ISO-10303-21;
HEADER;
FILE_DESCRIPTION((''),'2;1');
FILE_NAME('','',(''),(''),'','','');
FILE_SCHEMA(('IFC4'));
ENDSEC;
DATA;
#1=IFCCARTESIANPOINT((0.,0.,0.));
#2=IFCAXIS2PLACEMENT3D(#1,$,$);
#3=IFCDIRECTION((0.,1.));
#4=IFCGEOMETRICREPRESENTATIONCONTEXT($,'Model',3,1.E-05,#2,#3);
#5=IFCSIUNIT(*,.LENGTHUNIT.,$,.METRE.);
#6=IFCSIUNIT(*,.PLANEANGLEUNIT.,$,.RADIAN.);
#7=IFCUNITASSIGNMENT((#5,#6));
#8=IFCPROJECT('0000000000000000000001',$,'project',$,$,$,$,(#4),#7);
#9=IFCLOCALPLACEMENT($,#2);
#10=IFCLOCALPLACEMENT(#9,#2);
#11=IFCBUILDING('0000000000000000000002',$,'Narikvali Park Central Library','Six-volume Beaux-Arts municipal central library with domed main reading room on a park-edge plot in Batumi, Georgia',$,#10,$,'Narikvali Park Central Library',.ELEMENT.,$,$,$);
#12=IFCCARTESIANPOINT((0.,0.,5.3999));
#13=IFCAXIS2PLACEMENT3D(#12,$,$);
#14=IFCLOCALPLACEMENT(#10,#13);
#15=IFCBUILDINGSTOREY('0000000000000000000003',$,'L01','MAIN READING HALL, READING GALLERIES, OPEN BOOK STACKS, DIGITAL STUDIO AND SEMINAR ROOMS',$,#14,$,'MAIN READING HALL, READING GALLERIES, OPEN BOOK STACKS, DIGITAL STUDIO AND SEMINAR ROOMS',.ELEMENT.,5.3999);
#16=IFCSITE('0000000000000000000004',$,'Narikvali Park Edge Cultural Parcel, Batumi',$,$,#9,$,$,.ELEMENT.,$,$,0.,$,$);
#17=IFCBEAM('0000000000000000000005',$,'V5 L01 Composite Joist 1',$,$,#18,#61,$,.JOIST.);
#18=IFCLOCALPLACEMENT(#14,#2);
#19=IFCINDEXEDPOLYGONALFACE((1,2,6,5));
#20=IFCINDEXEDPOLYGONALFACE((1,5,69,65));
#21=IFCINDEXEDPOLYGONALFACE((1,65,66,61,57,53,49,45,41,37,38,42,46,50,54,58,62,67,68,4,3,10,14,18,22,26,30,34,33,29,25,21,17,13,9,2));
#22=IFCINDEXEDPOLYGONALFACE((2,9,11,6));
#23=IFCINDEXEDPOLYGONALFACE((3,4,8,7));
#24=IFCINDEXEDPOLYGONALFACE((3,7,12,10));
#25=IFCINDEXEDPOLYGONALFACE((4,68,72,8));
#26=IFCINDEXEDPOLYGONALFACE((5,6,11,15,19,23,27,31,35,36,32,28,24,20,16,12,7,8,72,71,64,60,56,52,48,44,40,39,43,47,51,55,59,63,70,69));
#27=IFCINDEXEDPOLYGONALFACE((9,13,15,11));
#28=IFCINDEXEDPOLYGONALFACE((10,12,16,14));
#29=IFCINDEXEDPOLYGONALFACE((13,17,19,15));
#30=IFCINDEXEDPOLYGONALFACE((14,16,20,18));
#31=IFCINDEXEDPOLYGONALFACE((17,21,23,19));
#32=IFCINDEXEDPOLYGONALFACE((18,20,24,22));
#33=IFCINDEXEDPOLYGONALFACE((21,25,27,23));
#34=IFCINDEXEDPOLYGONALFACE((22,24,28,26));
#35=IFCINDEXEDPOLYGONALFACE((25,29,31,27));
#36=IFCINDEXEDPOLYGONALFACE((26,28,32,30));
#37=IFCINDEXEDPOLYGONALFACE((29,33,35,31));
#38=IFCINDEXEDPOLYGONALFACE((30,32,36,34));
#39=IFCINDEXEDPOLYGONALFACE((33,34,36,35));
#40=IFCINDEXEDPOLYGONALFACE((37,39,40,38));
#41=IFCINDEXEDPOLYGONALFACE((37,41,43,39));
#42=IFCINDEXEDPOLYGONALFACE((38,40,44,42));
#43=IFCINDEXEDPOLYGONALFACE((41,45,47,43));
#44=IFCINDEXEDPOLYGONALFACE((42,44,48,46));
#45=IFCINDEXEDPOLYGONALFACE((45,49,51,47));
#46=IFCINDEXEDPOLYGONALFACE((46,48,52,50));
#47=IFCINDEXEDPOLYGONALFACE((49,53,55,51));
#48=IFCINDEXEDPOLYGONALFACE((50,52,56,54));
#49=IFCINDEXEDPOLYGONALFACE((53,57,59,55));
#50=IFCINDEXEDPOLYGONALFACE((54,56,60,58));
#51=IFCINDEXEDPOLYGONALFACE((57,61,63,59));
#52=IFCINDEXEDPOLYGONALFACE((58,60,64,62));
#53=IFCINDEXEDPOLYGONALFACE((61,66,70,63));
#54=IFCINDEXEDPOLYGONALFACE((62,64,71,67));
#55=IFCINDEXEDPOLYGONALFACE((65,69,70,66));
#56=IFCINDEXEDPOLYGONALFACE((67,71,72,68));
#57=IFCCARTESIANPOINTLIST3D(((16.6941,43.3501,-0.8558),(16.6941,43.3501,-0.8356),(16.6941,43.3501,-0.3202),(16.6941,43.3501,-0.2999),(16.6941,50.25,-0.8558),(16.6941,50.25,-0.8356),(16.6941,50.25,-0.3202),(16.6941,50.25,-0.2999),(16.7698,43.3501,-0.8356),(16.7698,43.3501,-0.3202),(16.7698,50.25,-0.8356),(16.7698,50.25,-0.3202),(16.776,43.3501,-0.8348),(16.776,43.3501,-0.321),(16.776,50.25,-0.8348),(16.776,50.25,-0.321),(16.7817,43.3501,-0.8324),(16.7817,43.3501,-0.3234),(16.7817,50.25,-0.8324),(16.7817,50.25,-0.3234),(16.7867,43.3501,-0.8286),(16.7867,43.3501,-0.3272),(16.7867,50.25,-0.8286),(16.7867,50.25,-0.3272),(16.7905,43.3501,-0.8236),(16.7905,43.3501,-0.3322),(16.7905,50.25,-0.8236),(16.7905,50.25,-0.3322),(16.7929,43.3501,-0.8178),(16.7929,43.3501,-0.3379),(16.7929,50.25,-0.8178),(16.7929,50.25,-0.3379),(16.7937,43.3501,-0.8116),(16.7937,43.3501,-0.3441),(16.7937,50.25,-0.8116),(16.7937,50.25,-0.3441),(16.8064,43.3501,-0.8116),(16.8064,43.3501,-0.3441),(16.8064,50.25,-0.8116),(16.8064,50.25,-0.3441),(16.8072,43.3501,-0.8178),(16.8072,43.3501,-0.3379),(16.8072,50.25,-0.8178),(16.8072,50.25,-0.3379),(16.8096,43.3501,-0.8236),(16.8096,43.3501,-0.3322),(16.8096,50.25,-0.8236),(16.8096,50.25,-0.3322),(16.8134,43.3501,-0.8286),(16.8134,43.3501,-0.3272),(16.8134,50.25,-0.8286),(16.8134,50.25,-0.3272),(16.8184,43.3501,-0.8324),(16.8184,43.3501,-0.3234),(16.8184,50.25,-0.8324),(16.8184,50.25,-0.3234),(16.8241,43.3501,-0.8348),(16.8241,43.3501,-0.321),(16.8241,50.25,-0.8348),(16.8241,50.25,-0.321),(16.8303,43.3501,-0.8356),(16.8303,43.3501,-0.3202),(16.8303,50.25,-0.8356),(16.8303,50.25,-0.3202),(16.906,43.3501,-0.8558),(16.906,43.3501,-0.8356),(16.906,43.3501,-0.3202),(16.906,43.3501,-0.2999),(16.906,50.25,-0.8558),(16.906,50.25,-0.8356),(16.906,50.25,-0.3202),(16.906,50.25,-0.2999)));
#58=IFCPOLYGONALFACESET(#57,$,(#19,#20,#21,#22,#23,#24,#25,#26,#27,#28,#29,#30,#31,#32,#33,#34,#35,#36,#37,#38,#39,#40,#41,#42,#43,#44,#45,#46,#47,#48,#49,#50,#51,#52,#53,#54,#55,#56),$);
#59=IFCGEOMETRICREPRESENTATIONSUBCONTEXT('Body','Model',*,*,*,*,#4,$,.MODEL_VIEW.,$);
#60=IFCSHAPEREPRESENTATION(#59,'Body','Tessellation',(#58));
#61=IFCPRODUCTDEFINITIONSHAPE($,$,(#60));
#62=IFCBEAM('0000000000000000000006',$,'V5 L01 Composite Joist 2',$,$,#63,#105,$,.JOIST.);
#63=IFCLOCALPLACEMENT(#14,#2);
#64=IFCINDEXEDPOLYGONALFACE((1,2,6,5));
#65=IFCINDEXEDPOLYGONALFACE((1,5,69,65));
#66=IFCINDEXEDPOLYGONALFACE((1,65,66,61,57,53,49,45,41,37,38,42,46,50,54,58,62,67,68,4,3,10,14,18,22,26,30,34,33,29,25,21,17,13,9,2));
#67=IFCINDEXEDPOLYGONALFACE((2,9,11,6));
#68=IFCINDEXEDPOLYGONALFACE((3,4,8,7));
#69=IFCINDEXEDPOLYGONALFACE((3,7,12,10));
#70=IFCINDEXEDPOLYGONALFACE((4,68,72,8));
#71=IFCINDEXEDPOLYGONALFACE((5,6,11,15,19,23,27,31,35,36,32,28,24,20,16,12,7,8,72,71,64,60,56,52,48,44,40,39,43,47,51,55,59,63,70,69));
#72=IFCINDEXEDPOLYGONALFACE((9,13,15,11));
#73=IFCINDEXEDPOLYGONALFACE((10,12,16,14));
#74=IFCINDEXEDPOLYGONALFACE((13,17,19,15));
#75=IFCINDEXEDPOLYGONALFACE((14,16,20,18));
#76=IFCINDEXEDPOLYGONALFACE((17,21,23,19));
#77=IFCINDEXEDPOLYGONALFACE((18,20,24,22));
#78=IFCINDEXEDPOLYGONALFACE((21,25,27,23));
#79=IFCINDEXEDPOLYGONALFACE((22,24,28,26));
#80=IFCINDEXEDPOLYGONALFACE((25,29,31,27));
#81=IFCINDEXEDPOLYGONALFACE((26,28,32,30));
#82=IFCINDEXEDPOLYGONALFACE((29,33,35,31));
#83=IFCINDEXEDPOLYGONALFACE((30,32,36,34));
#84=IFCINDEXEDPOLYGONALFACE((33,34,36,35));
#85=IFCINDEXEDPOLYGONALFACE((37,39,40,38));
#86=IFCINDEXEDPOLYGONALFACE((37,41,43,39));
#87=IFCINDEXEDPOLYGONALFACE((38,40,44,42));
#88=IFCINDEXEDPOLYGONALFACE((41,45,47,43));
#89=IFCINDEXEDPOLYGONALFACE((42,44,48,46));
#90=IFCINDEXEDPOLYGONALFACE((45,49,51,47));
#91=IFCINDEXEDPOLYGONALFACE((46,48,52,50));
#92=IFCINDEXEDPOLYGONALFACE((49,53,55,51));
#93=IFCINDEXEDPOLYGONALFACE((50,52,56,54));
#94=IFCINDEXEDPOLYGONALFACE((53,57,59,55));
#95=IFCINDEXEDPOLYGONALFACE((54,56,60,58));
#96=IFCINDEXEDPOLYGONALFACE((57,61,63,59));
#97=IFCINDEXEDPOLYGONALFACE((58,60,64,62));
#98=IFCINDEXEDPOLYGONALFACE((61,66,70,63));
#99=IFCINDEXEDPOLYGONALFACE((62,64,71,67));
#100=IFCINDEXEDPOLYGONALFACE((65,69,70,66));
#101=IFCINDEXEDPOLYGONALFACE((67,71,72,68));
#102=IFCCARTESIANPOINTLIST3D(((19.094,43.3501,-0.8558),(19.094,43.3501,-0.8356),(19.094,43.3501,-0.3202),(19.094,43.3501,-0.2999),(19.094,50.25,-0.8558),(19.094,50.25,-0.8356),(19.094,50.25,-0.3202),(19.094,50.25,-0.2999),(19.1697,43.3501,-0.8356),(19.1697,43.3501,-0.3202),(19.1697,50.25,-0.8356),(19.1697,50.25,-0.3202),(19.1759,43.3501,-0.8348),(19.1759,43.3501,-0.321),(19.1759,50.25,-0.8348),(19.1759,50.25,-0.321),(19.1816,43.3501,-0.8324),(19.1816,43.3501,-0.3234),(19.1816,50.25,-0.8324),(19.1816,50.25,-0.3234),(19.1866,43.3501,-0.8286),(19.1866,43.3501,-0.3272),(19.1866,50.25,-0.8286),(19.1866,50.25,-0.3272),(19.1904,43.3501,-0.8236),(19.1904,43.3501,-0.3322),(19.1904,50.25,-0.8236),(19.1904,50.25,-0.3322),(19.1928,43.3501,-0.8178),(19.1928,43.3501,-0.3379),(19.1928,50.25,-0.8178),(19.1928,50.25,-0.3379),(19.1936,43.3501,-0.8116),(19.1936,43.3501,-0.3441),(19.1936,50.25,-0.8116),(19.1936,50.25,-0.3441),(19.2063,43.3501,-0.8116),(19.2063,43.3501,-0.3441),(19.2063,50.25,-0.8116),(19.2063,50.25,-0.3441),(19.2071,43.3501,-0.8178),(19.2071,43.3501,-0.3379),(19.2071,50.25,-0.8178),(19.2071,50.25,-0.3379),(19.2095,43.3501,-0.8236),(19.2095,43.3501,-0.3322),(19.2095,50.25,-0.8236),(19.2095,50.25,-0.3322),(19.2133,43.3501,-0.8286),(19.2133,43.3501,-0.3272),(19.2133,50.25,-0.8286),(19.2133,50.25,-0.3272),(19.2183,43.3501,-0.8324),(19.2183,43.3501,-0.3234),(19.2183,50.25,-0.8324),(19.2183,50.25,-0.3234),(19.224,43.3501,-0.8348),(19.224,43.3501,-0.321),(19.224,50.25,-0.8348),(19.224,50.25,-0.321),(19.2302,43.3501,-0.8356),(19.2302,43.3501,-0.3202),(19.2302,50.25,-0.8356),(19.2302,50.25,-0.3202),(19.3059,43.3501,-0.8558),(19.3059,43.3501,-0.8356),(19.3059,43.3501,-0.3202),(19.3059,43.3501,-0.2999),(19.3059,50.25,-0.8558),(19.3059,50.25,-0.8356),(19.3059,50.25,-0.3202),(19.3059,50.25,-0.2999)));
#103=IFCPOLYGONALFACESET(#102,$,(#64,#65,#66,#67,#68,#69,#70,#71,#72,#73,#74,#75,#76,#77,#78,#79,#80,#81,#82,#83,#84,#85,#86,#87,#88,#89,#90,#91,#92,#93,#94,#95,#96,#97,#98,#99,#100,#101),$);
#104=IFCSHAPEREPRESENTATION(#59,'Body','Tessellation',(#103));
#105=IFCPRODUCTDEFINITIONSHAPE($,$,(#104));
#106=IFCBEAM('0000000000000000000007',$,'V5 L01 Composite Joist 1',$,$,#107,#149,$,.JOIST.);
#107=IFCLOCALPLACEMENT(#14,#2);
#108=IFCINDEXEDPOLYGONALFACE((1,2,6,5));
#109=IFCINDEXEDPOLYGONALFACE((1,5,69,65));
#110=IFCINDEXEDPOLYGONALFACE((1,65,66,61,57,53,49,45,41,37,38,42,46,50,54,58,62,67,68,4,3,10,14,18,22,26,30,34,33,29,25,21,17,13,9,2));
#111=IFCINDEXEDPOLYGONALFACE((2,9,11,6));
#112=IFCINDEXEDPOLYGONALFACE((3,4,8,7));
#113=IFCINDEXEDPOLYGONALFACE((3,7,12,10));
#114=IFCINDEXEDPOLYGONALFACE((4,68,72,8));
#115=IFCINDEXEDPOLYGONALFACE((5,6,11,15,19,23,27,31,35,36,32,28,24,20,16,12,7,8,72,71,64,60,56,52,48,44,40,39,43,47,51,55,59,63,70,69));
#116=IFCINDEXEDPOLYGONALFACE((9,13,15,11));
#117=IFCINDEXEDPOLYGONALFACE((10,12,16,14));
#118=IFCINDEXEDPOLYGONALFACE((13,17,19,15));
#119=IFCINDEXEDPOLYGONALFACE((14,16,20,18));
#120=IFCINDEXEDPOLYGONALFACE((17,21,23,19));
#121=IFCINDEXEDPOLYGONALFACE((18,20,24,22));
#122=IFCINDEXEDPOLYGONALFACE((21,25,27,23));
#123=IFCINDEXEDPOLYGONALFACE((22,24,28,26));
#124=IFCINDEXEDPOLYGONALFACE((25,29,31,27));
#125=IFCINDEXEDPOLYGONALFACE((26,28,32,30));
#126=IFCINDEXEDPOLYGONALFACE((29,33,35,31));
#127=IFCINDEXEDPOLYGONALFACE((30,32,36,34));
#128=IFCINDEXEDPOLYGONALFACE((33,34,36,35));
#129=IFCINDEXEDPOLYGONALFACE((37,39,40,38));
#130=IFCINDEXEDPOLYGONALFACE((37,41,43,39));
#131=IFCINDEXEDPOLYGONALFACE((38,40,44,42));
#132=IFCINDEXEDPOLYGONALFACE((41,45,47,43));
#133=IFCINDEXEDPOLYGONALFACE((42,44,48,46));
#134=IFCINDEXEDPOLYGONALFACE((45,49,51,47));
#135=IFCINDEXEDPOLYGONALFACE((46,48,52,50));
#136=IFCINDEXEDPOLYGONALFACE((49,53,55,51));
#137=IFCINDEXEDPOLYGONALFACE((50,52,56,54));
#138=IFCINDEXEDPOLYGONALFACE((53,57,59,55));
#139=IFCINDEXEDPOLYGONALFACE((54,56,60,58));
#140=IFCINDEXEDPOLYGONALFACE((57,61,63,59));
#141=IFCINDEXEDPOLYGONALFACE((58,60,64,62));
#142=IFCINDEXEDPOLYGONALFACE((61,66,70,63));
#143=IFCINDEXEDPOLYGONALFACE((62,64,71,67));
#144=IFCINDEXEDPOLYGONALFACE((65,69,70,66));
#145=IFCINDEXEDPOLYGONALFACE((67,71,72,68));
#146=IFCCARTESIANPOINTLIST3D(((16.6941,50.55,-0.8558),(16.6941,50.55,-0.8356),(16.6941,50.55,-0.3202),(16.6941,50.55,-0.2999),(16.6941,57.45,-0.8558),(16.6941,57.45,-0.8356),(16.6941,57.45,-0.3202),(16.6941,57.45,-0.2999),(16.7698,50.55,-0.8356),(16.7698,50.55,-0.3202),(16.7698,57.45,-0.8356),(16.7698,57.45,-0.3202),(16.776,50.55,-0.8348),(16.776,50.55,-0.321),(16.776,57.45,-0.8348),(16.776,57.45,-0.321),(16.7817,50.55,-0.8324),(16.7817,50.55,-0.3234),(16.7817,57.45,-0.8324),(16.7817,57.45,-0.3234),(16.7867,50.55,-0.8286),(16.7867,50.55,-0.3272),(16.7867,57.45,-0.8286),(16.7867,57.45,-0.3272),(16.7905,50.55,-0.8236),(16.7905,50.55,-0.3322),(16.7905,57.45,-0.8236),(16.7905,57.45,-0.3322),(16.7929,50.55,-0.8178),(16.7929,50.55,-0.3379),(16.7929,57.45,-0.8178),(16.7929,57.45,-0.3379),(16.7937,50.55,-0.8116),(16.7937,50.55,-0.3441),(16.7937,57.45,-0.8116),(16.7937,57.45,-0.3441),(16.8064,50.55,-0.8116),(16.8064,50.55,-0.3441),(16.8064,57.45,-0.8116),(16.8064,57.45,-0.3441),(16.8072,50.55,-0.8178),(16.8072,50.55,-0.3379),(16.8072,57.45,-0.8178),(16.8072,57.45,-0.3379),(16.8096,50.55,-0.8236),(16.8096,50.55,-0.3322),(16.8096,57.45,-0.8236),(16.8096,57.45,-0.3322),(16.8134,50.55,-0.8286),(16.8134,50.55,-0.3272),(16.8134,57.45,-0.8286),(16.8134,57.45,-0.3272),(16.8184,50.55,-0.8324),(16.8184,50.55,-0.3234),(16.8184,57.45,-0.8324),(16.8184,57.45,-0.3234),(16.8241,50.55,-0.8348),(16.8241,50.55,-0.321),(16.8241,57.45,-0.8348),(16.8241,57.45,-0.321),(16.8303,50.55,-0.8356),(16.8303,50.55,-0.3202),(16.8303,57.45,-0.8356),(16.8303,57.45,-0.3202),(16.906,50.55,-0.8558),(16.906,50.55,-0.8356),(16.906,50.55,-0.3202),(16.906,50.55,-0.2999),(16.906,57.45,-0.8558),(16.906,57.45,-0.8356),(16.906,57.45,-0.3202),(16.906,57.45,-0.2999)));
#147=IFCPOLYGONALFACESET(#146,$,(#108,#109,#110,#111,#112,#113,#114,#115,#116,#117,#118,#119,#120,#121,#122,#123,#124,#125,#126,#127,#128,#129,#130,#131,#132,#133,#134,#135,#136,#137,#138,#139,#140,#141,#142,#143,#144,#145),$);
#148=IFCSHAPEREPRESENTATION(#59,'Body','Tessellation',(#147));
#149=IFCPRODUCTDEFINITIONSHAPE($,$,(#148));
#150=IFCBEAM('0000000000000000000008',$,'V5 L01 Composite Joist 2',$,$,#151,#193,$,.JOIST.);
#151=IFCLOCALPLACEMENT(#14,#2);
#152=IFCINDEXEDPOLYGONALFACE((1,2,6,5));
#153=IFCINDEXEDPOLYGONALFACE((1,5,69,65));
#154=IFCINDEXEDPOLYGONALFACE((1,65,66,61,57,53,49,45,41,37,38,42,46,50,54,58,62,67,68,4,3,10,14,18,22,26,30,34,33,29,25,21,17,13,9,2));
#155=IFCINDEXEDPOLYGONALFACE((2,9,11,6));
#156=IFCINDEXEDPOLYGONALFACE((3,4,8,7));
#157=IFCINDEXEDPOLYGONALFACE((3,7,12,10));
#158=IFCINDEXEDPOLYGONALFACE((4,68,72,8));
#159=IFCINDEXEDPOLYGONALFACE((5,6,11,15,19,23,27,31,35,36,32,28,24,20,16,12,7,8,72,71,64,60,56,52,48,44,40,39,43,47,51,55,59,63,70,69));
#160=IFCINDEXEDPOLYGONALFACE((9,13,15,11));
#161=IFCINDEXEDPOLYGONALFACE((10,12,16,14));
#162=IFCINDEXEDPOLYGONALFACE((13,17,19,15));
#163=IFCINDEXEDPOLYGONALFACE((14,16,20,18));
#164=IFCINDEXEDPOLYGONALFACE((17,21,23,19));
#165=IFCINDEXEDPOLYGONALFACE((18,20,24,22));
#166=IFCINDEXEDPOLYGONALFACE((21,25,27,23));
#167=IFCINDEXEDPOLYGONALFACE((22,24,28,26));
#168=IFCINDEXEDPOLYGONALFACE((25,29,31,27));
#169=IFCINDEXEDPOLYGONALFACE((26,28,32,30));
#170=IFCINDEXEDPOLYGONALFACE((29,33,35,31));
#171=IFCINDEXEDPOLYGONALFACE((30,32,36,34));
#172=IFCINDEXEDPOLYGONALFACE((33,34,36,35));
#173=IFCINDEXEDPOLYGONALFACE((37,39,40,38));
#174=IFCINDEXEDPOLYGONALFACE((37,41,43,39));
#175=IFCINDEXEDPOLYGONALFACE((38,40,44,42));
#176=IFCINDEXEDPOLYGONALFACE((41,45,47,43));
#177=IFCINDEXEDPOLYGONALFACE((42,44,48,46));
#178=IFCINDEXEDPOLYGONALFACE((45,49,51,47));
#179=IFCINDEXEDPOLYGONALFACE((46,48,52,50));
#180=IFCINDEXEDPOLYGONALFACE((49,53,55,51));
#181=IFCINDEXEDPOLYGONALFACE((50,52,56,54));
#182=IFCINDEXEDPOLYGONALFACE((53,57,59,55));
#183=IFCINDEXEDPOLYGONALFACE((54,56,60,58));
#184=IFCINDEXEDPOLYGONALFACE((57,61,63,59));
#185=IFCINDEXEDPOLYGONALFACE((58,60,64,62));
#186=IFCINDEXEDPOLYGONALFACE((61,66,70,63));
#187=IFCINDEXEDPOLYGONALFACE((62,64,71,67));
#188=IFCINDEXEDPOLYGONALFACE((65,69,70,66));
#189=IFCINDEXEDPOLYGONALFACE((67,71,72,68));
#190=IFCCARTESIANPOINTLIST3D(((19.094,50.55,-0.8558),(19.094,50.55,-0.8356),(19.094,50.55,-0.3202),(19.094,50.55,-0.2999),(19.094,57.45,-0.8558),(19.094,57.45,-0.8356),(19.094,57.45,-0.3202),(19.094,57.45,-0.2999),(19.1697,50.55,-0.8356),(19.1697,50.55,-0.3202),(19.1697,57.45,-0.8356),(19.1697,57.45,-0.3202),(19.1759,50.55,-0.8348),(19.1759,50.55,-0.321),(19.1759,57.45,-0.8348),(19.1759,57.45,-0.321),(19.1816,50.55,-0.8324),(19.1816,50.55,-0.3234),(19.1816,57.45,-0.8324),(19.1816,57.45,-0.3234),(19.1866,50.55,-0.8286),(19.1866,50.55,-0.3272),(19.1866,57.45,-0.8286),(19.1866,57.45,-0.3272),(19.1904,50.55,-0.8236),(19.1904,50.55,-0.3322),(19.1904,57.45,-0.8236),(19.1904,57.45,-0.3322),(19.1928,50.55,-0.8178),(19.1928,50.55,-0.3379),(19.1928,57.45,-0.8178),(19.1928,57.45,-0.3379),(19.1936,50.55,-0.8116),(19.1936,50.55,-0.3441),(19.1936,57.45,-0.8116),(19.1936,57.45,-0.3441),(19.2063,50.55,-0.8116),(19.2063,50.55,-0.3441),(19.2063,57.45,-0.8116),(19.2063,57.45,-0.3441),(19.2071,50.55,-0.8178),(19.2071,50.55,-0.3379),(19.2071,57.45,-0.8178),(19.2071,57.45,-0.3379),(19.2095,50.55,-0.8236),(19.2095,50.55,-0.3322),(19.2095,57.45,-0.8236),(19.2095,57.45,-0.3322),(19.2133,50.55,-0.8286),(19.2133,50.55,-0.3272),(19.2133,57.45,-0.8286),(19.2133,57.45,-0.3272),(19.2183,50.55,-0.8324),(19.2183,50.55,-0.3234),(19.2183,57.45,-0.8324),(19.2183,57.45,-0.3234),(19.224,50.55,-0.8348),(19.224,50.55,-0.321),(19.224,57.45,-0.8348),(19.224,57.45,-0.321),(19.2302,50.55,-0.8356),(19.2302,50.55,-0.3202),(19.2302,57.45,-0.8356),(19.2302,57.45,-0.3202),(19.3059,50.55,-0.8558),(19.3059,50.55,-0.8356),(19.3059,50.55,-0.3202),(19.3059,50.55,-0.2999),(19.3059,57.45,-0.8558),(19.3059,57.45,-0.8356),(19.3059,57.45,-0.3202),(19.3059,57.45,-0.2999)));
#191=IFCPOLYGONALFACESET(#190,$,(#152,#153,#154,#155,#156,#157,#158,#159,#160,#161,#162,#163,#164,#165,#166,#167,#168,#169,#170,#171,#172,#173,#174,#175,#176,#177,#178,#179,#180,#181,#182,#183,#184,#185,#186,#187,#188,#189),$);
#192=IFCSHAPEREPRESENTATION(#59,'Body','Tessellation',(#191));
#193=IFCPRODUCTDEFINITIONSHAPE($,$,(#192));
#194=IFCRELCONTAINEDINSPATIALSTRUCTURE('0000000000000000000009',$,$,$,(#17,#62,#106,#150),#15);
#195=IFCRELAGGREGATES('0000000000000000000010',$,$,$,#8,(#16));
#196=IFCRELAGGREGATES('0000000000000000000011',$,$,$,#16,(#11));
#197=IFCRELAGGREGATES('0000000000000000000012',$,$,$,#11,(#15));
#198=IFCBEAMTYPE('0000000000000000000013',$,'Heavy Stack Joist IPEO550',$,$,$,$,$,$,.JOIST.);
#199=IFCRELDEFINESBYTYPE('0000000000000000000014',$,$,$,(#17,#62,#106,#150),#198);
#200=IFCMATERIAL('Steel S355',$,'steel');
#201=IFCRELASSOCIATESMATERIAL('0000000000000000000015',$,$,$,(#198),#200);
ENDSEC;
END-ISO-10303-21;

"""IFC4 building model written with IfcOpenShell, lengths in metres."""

from ifc_helpers import new_model, si_unit, direction, frame, origin, origin_2d, place, context, subcontext, project, spatial, i_section, extrude, material, material_profile, profile_set, type_object, element, save


model = new_model("IFC4")

# Units and contexts
model_context = context("Model", 3, precision=1e-05, world=origin(), true_north=direction((0.0, 1.0)))
body_context = subcontext(model_context, "Body", "Model", "MODEL_VIEW")
ifc_project = project(units=[si_unit("LENGTHUNIT", "METRE"), si_unit("PLANEANGLEUNIT", "RADIAN")], contexts=[model_context])

# Site, building, storey
site_placement = place(None, origin())
site = spatial("IfcSite", under=ifc_project, at=site_placement, Name="Narikvali Park Edge Cultural Parcel, Batumi", CompositionType="ELEMENT", RefElevation=0.0)
building_placement = place(site_placement, origin())
building = spatial("IfcBuilding", under=site, at=building_placement, Name="Narikvali Park Central Library", Description="Six-volume Beaux-Arts municipal central library with domed main reading room on a park-edge plot in Batumi, Georgia", LongName="Narikvali Park Central Library", CompositionType="ELEMENT")
storey_placement = place(building_placement, frame((0.0, 0.0, 5.3999)))
storey = spatial("IfcBuildingStorey", under=building, at=storey_placement, Name="L01", Description="MAIN READING HALL, READING GALLERIES, OPEN BOOK STACKS, DIGITAL STUDIO AND SEMINAR ROOMS", LongName="MAIN READING HALL, READING GALLERIES, OPEN BOOK STACKS, DIGITAL STUDIO AND SEMINAR ROOMS", CompositionType="ELEMENT", Elevation=5.3999)

# Shared definitions
ifc_material_1 = material(Name="Steel S355", Category="steel")

# Beams
ifc_material_profile_1 = material_profile(ifc_material_1, i_section(OverallWidth=0.2119, OverallDepth=0.5559, WebThickness=0.0127, FlangeThickness=0.0203, FilletRadius=0.0239, at=origin_2d()), Name="IPEO 550")
ifc_profile_set_1 = profile_set([ifc_material_profile_1], Name="Steel S355")
beam_type_1 = type_object("IfcBeamType", Name="Heavy Stack Joist IPEO550", PredefinedType="JOIST", material=ifc_profile_set_1)
for number, where, z_axis, x_axis, name in (
    (1, (16.8, 43.3501, -0.5779), (0.0, 1.0, 0.0), (-1.0, 0.0, 0.0), "V5 L01 Composite Joist 1"),
    (2, (19.2, 43.3501, -0.5779), (0.0, 1.0, 0.0), (-1.0, 0.0, 0.0), "V5 L01 Composite Joist 2"),
    (3, (16.8, 50.55, -0.5779), (0.0, 1.0, 0.0), (-1.0, 0.0, 0.0), "V5 L01 Composite Joist 1"),
    (4, (19.2, 50.55, -0.5779), (0.0, 1.0, 0.0), (-1.0, 0.0, 0.0), "V5 L01 Composite Joist 2"),
):
    element("IfcBeam", number, at=place(storey_placement, frame(where, z_axis=z_axis, x_axis=x_axis)), inside=storey, type_object=beam_type_1, Name=name, PredefinedType="JOIST", context=body_context, shape_type="SweptSolid", body=[
        extrude(i_section(OverallWidth=0.2119, OverallDepth=0.5559, WebThickness=0.0127, FlangeThickness=0.0203, FilletRadius=0.0239, at=origin_2d()), origin(), (0.0, 0.0, 1.0), 6.8999),
    ])

save(model, "model.ifc")
